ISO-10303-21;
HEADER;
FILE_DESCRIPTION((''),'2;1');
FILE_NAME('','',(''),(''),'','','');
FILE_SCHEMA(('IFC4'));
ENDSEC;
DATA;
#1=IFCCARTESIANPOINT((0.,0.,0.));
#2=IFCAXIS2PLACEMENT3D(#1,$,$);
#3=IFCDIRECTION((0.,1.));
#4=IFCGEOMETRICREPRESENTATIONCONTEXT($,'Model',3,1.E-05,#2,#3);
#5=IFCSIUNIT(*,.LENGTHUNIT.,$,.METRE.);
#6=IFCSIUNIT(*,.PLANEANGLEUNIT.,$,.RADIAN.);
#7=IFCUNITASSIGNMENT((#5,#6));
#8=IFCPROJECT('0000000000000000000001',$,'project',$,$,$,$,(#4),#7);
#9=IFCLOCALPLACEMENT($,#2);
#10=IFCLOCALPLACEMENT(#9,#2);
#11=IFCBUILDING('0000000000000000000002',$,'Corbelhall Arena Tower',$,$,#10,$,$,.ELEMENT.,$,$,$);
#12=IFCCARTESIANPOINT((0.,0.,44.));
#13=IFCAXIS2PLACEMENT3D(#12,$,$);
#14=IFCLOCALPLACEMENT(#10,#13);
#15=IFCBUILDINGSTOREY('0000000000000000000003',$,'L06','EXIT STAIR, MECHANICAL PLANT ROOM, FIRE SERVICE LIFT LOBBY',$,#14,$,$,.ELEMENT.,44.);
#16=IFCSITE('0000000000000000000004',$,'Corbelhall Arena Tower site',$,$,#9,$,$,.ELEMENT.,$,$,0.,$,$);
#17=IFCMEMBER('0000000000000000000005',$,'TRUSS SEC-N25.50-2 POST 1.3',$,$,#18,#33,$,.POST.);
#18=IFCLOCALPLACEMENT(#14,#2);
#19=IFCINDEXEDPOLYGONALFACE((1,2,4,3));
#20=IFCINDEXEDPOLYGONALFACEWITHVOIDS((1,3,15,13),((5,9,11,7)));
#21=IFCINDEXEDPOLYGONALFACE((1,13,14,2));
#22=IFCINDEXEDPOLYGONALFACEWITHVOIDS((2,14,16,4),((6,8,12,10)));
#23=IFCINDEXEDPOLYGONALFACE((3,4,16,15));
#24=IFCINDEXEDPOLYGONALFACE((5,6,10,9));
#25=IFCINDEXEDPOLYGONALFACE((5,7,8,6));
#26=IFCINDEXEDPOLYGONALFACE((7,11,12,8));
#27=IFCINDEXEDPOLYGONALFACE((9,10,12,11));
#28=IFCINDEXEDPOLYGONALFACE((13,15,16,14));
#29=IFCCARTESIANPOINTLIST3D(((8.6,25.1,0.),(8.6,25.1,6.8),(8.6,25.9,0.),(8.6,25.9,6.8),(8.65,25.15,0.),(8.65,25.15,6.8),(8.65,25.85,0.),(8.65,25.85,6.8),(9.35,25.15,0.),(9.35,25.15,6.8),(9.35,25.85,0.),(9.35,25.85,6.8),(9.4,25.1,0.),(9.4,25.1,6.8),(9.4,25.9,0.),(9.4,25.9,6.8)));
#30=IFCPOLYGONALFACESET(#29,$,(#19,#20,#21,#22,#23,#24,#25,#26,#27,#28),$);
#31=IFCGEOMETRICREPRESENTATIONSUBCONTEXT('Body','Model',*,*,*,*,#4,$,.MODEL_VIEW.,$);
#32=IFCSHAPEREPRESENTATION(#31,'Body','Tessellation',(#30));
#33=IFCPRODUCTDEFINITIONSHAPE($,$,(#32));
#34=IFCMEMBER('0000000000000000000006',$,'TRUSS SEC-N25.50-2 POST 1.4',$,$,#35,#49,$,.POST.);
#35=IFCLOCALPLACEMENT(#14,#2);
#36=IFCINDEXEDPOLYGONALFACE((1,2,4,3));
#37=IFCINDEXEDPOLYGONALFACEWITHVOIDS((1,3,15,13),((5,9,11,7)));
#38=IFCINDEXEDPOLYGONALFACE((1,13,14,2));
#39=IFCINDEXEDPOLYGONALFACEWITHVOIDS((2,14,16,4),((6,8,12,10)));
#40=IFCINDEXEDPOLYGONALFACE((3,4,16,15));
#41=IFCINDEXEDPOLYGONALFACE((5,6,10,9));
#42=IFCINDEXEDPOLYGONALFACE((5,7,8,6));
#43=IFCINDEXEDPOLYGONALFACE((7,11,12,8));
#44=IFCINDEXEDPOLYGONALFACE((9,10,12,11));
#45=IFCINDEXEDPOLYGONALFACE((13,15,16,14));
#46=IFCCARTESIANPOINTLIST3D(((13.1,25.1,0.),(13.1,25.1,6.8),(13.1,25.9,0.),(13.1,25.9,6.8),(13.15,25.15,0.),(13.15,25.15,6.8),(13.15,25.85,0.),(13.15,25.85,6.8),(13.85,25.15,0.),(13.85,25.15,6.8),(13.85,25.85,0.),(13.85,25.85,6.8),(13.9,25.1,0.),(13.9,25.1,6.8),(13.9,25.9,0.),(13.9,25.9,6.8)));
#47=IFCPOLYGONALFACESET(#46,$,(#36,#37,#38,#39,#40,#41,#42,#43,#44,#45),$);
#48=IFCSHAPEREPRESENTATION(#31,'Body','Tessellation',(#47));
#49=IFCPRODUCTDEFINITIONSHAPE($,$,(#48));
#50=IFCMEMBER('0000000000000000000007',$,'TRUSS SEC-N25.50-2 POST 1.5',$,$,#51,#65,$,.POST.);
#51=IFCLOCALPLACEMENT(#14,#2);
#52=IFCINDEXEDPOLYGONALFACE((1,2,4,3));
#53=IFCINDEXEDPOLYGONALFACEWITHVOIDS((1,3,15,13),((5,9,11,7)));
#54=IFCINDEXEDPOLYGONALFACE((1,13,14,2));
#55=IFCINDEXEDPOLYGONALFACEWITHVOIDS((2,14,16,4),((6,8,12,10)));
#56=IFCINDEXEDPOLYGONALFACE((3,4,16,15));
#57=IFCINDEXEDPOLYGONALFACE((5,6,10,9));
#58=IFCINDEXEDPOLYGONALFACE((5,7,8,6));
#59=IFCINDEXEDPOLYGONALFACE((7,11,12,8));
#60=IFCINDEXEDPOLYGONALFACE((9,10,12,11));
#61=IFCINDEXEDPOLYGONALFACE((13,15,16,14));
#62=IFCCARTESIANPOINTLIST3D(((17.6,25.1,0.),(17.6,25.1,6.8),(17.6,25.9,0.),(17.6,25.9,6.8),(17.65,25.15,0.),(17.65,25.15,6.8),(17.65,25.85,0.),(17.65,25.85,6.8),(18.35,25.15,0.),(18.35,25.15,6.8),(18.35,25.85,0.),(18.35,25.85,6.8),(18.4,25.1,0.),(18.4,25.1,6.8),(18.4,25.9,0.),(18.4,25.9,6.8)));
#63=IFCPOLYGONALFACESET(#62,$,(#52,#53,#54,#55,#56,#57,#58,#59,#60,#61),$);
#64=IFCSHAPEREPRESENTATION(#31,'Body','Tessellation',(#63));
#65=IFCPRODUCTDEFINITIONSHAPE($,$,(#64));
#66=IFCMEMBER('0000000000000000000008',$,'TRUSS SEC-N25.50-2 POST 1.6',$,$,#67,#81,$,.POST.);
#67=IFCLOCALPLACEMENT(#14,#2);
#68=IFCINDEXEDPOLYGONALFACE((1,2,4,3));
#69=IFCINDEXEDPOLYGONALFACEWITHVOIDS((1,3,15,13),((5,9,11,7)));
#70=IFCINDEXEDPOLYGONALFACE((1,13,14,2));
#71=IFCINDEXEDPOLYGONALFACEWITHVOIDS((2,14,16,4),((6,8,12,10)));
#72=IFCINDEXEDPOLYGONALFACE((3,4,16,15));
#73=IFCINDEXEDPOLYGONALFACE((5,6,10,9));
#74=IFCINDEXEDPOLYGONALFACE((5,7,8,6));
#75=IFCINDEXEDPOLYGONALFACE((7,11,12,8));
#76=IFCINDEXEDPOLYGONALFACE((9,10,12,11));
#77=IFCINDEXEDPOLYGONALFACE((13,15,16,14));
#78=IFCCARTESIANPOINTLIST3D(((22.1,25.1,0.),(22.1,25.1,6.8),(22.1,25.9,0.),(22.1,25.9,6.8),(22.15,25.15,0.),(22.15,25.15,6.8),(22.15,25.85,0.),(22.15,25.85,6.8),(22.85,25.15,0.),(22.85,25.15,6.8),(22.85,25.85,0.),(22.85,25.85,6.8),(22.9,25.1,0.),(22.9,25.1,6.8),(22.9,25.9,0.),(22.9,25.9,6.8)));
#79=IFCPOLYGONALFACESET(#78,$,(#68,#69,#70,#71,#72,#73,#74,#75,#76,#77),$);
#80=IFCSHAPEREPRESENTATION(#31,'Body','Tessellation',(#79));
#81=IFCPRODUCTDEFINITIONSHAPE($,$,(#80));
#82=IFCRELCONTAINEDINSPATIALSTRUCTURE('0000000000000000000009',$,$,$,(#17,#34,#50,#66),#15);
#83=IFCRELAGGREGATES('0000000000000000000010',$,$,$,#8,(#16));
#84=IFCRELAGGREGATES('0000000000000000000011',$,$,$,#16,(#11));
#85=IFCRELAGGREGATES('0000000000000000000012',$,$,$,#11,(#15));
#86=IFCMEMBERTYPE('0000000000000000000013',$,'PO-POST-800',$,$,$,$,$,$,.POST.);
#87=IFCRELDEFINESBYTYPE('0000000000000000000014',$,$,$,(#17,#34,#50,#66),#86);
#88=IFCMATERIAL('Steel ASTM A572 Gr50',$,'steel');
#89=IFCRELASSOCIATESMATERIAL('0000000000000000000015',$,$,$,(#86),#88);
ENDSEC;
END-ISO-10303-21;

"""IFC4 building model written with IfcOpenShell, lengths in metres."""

from ifc_helpers import new_model, si_unit, direction, frame, origin, origin_2d, place, context, subcontext, project, spatial, hollow_rectangle, extrude, material, material_profile, profile_set, type_object, element, save


model = new_model("IFC4")

# Units and contexts
model_context = context("Model", 3, precision=1e-05, world=origin(), true_north=direction((0.0, 1.0)))
body_context = subcontext(model_context, "Body", "Model", "MODEL_VIEW")
ifc_project = project(units=[si_unit("LENGTHUNIT", "METRE"), si_unit("PLANEANGLEUNIT", "RADIAN")], contexts=[model_context])

# Site, building, storey
site_placement = place(None, origin())
site = spatial("IfcSite", under=ifc_project, at=site_placement, Name="Corbelhall Arena Tower site", CompositionType="ELEMENT", RefElevation=0.0)
building_placement = place(site_placement, origin())
building = spatial("IfcBuilding", under=site, at=building_placement, Name="Corbelhall Arena Tower", CompositionType="ELEMENT")
storey_placement = place(building_placement, frame((0.0, 0.0, 44.0)))
storey = spatial("IfcBuildingStorey", under=building, at=storey_placement, Name="L06", Description="EXIT STAIR, MECHANICAL PLANT ROOM, FIRE SERVICE LIFT LOBBY", CompositionType="ELEMENT", Elevation=44.0)

# Members
ifc_material_1 = material(Name="Steel ASTM A572 Gr50", Category="steel")
ifc_material_profile_1 = material_profile(ifc_material_1, hollow_rectangle(XDim=0.8, YDim=0.8, WallThickness=0.05, at=origin_2d()))
ifc_profile_set_1 = profile_set([ifc_material_profile_1], Name="Steel ASTM A572 Gr50")
member_type_1 = type_object("IfcMemberType", Name="PO-POST-800", PredefinedType="POST", material=ifc_profile_set_1)
for number, where, z_axis, x_axis, name in (
    (1, (9.0, 25.5, 0.0), (0.0, 0.0, 1.0), (1.0, 0.0, 0.0), "TRUSS SEC-N25.50-2 POST 1.3"),
    (2, (13.5, 25.5, 0.0), (0.0, 0.0, 1.0), (1.0, 0.0, 0.0), "TRUSS SEC-N25.50-2 POST 1.4"),
    (3, (18.0, 25.5, 0.0), (0.0, 0.0, 1.0), (1.0, 0.0, 0.0), "TRUSS SEC-N25.50-2 POST 1.5"),
    (4, (22.5, 25.5, 0.0), (0.0, 0.0, 1.0), (1.0, 0.0, 0.0), "TRUSS SEC-N25.50-2 POST 1.6"),
):
    element("IfcMember", number, at=place(storey_placement, frame(where, z_axis=z_axis, x_axis=x_axis)), inside=storey, type_object=member_type_1, Name=name, PredefinedType="POST", context=body_context, shape_type="SweptSolid", body=[
        extrude(hollow_rectangle(XDim=0.8, YDim=0.8, WallThickness=0.05, at=origin_2d()), origin(), (0.0, 0.0, 1.0), 6.8),
    ])

save(model, "model.ifc")
